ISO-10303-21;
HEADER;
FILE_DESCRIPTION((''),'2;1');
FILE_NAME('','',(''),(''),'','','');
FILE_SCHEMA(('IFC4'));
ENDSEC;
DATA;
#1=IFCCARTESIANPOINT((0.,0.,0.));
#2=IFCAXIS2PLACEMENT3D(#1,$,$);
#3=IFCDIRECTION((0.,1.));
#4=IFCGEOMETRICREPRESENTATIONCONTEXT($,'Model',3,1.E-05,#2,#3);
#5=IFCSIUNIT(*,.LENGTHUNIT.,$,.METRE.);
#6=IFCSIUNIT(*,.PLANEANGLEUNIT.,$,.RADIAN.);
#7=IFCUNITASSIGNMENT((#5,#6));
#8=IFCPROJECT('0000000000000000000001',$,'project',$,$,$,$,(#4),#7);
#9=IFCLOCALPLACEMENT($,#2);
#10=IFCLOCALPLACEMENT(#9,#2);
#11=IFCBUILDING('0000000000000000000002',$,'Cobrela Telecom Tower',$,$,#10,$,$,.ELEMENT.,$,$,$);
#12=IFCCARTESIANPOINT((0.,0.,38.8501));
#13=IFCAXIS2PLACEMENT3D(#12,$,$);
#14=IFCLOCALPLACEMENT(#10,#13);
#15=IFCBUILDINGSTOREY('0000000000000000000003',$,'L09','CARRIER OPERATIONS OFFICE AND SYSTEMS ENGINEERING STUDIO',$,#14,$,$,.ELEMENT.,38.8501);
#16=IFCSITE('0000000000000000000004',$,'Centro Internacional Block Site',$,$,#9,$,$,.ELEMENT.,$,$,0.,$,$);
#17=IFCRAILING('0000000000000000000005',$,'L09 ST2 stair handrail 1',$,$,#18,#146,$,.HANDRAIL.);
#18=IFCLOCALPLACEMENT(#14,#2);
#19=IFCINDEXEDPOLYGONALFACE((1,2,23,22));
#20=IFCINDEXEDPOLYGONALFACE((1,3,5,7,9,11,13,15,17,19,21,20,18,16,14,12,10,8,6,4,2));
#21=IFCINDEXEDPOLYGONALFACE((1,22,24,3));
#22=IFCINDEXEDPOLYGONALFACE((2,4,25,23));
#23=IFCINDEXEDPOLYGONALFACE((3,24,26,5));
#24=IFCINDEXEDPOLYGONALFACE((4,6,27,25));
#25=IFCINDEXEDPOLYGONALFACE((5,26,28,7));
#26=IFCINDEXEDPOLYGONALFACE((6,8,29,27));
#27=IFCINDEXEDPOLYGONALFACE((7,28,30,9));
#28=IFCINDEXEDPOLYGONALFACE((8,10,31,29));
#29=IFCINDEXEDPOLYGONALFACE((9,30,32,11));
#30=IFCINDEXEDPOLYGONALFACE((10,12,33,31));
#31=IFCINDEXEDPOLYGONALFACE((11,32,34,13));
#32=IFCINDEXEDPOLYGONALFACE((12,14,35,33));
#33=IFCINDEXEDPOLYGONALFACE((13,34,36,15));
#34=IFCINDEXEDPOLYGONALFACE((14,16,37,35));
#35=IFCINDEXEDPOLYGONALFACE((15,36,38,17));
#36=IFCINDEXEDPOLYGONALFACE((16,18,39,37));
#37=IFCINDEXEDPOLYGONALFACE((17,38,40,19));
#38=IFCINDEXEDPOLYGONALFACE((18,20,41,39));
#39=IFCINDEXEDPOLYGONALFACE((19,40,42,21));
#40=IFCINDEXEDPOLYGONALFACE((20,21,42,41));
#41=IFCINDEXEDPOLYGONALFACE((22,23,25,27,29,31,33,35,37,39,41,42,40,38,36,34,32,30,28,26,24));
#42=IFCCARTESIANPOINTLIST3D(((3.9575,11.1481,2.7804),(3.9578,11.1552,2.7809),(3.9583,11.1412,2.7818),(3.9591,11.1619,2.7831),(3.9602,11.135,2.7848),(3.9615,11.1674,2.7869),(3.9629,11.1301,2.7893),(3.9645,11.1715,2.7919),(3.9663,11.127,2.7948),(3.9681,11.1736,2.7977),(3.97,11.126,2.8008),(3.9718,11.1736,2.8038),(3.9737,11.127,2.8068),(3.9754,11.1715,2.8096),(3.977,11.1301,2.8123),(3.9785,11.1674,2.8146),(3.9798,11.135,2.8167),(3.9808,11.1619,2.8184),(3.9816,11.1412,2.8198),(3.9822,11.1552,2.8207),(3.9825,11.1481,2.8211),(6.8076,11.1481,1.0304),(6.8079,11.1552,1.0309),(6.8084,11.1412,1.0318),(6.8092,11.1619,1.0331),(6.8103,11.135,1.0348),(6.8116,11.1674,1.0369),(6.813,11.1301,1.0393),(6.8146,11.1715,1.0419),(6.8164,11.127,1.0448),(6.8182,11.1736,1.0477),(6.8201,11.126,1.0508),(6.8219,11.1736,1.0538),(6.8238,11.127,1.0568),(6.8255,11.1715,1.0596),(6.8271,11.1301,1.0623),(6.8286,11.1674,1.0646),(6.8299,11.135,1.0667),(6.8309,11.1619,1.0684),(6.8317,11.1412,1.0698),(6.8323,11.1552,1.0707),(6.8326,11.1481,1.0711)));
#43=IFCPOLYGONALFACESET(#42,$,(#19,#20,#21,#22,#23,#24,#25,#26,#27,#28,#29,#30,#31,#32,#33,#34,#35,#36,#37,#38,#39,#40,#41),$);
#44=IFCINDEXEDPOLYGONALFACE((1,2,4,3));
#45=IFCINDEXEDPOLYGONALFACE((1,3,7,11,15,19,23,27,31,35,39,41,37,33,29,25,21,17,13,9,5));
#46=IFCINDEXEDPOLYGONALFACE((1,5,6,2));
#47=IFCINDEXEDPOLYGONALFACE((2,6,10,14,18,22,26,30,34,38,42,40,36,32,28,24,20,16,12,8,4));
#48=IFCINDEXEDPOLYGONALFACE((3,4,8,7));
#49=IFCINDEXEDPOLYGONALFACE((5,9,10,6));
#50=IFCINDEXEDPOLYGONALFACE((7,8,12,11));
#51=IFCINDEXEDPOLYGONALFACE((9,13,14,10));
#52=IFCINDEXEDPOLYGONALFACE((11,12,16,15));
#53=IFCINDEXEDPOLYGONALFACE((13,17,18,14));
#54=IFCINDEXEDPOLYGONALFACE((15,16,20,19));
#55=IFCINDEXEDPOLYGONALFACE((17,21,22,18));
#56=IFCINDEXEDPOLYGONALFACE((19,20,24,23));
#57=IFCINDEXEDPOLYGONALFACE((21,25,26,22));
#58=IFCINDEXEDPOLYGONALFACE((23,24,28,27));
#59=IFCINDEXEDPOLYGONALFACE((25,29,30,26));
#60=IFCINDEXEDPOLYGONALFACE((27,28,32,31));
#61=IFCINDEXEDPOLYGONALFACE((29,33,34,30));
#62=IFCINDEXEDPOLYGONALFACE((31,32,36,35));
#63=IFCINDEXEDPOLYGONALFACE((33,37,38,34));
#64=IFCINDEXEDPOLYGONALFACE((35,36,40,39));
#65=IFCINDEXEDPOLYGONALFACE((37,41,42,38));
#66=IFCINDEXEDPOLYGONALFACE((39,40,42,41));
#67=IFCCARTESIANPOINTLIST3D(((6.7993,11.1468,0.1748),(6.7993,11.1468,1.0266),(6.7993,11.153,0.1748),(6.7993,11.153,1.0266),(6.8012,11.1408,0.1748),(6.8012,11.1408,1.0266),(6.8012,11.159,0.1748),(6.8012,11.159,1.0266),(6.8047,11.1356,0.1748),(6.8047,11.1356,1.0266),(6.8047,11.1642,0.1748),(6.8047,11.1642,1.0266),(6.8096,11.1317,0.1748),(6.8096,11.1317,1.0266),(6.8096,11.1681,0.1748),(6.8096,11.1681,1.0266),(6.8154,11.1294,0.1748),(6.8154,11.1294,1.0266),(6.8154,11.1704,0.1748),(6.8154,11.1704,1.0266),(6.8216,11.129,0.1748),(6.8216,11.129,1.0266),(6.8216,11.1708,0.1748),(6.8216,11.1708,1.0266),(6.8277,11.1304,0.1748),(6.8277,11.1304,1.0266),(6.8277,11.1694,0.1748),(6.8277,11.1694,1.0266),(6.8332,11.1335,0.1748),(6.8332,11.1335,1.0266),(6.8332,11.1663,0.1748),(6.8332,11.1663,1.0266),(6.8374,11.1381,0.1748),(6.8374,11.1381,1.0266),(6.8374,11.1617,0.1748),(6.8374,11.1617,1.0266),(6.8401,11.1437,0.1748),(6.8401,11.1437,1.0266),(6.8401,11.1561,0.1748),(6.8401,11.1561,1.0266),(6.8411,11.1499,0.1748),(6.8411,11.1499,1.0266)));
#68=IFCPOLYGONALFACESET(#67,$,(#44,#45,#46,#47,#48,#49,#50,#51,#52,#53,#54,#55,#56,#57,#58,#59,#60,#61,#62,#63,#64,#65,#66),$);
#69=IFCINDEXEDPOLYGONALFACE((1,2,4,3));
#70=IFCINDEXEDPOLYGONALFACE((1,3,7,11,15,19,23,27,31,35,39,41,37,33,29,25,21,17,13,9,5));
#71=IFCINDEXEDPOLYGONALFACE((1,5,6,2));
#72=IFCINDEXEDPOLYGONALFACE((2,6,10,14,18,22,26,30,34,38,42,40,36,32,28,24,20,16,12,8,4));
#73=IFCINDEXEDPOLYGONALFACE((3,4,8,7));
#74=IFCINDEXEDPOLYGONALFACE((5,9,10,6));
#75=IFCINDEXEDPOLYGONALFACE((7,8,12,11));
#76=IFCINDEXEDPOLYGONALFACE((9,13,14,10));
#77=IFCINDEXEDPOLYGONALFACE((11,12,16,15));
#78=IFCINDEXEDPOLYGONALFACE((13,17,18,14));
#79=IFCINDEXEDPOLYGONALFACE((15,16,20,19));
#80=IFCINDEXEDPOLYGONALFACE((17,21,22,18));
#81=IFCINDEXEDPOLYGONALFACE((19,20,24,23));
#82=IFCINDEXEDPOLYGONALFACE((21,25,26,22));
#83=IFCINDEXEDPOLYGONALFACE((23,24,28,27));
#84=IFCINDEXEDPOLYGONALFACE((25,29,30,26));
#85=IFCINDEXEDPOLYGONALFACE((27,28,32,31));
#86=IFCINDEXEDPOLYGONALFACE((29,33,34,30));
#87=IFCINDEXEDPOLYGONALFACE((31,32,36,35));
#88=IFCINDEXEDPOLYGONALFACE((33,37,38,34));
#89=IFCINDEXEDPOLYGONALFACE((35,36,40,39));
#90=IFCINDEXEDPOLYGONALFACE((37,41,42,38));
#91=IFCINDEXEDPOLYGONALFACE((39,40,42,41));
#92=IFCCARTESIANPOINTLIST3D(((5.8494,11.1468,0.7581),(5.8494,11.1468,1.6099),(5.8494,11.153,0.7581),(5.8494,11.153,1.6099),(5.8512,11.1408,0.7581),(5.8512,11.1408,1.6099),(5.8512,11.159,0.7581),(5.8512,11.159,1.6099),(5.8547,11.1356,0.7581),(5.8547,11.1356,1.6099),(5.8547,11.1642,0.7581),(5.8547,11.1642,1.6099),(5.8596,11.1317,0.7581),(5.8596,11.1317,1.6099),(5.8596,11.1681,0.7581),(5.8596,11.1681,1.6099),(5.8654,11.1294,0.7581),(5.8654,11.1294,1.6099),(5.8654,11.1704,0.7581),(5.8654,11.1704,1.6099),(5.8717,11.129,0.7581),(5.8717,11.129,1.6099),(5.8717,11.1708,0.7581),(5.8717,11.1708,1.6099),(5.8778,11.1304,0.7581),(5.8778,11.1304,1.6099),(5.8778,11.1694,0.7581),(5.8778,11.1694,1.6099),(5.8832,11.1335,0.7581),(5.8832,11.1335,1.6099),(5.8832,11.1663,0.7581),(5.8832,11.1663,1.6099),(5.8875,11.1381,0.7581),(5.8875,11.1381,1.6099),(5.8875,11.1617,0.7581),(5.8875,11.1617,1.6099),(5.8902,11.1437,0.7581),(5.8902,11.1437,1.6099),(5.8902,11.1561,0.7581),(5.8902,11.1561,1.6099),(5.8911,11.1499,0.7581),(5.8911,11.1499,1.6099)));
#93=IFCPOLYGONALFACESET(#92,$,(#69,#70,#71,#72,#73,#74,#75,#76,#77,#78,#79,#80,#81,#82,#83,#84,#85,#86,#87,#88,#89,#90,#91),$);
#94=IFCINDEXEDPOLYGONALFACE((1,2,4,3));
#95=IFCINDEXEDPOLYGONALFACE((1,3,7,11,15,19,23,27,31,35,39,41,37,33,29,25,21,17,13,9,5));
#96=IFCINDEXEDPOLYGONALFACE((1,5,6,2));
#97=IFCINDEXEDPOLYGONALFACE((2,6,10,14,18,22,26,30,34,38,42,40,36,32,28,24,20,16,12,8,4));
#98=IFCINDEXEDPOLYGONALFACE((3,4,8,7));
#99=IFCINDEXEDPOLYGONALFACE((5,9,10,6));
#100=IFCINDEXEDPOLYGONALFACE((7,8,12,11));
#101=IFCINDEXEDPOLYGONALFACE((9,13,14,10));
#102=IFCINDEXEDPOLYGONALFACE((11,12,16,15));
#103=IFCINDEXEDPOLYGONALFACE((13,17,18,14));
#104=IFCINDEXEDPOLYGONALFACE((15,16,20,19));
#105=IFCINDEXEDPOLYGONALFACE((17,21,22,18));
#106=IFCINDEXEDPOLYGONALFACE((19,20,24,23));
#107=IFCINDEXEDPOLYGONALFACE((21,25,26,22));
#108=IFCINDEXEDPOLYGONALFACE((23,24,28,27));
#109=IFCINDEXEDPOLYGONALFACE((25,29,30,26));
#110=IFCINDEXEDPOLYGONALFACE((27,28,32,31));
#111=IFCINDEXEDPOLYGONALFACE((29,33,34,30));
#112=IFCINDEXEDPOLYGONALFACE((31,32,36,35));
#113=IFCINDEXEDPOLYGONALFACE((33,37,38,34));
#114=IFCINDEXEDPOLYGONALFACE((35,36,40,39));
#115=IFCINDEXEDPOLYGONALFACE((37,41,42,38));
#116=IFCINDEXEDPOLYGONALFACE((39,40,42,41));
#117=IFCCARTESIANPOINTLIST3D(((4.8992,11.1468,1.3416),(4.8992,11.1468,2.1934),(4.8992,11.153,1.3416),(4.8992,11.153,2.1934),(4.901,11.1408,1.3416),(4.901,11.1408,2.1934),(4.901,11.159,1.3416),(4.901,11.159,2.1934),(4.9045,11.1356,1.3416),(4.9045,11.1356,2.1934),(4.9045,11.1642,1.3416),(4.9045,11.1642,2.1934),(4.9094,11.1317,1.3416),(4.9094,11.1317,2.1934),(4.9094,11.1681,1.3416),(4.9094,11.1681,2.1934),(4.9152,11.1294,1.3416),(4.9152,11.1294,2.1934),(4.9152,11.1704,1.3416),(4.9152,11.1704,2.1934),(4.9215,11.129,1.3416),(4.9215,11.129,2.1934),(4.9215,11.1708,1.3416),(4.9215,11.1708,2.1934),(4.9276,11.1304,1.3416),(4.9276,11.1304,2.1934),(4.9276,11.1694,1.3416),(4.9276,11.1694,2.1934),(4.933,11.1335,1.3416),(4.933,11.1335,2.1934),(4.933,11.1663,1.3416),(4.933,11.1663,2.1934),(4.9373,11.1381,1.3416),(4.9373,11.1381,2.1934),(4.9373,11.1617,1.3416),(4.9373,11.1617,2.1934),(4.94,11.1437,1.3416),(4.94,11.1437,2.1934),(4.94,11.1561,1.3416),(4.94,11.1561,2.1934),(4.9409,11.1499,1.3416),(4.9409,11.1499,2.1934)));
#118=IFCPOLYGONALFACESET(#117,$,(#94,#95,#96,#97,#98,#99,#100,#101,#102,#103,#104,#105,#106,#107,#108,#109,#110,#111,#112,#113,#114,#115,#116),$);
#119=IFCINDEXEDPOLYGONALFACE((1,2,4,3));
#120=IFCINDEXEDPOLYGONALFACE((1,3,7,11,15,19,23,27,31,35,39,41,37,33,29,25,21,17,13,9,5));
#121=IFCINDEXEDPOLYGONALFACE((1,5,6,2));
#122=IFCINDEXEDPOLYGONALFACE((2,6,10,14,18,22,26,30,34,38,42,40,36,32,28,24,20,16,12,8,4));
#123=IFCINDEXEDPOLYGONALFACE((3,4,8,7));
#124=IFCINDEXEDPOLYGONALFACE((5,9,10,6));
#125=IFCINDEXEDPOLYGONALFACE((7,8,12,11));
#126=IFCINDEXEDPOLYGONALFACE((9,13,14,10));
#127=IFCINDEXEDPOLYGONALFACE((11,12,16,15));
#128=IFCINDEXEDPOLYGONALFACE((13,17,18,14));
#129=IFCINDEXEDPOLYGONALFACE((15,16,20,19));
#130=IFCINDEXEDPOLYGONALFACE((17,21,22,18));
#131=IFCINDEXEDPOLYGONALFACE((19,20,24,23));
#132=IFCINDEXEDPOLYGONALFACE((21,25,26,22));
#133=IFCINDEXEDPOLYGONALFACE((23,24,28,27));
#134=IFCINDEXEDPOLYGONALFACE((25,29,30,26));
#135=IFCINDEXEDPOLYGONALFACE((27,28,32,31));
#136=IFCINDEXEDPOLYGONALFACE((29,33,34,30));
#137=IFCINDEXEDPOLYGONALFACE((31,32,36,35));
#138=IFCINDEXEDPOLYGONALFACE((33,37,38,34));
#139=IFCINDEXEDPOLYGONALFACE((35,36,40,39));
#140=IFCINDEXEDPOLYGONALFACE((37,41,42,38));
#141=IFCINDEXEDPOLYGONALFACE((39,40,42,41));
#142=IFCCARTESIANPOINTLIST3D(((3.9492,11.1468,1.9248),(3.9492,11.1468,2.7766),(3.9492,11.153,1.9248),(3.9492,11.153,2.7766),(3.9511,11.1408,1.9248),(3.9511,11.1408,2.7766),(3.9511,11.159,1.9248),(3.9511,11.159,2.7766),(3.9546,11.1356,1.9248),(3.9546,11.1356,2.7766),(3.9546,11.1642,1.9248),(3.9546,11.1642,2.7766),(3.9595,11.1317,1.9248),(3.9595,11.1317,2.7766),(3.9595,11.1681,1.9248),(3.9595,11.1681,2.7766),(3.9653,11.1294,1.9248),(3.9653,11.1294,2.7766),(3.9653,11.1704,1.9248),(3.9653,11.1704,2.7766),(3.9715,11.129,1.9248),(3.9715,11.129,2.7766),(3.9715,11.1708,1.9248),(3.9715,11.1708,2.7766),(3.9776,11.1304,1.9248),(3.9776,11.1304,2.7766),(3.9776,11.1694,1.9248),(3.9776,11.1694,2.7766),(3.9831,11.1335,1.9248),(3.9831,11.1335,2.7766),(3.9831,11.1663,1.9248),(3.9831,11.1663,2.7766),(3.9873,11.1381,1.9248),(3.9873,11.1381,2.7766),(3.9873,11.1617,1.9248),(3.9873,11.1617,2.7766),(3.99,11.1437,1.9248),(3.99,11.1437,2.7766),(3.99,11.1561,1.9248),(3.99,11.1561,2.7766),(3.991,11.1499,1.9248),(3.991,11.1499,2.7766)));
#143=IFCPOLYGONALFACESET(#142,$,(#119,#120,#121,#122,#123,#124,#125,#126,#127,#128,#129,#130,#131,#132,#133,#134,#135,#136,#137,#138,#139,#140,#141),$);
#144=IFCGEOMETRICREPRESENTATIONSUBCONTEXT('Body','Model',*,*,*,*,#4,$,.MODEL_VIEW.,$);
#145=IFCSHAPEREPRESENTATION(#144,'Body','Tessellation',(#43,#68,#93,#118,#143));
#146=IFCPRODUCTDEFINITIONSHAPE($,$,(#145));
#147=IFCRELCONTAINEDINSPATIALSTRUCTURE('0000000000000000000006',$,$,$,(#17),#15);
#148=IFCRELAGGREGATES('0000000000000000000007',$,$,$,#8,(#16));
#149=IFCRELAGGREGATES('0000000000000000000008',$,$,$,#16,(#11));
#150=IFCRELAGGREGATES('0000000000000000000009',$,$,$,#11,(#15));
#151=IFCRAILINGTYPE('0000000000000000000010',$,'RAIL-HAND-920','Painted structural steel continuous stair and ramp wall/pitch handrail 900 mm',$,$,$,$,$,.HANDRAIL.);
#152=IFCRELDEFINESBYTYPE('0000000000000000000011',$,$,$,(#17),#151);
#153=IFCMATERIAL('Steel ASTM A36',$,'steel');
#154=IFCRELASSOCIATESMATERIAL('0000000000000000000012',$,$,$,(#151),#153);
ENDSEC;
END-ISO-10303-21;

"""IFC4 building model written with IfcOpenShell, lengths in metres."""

from ifc_helpers import new_model, si_unit, direction, frame, origin, origin_2d, place, context, subcontext, project, spatial, circle, extrude, material, type_object, element, save


model = new_model("IFC4")

# Units and contexts
model_context = context("Model", 3, precision=1e-05, world=origin(), true_north=direction((0.0, 1.0)))
body_context = subcontext(model_context, "Body", "Model", "MODEL_VIEW")
ifc_project = project(units=[si_unit("LENGTHUNIT", "METRE"), si_unit("PLANEANGLEUNIT", "RADIAN")], contexts=[model_context])

# Site, building, storey
site_placement = place(None, origin())
site = spatial("IfcSite", under=ifc_project, at=site_placement, Name="Centro Internacional Block Site", CompositionType="ELEMENT", RefElevation=0.0)
building_placement = place(site_placement, origin())
building = spatial("IfcBuilding", under=site, at=building_placement, Name="Cobrela Telecom Tower", CompositionType="ELEMENT")
storey_placement = place(building_placement, frame((0.0, 0.0, 38.8501)))
storey = spatial("IfcBuildingStorey", under=building, at=storey_placement, Name="L09", Description="CARRIER OPERATIONS OFFICE AND SYSTEMS ENGINEERING STUDIO", CompositionType="ELEMENT", Elevation=38.8501)

# Railing
ifc_material_1 = material(Name="Steel ASTM A36", Category="steel")
railing_type_1 = type_object("IfcRailingType", Name="RAIL-HAND-920", Description="Painted structural steel continuous stair and ramp wall/pitch handrail 900 mm", PredefinedType="HANDRAIL", material=ifc_material_1)
railing_1_placement = place(storey_placement, frame((6.8201, 11.1499, 0.1748)))
element("IfcRailing", 1, at=railing_1_placement, inside=storey, type_object=railing_type_1, Name="L09 ST2 stair handrail 1", PredefinedType="HANDRAIL", context=body_context, shape_type="SweptSolid", body=[
    extrude(circle(Radius=0.0239, at=origin_2d()), frame((0.0, 0.0, 0.876), z_axis=(-0.852179, 0.0, 0.52325), x_axis=(0.0, -1.0, 0.0)), (0.0, 0.0, 1.0), 3.3445),
    extrude(circle(Radius=0.021, at=origin_2d()), origin(), (0.0, 0.0, 1.0), 0.8518),
    extrude(circle(Radius=0.021, at=origin_2d()), frame((-0.95, 0.0, 0.5833)), (0.0, 0.0, 1.0), 0.8518),
    extrude(circle(Radius=0.021, at=origin_2d()), frame((-1.9001, 0.0, 1.1667)), (0.0, 0.0, 1.0), 0.8518),
    extrude(circle(Radius=0.021, at=origin_2d()), frame((-2.8501, 0.0, 1.75)), (0.0, 0.0, 1.0), 0.8518),
])

save(model, "model.ifc")
